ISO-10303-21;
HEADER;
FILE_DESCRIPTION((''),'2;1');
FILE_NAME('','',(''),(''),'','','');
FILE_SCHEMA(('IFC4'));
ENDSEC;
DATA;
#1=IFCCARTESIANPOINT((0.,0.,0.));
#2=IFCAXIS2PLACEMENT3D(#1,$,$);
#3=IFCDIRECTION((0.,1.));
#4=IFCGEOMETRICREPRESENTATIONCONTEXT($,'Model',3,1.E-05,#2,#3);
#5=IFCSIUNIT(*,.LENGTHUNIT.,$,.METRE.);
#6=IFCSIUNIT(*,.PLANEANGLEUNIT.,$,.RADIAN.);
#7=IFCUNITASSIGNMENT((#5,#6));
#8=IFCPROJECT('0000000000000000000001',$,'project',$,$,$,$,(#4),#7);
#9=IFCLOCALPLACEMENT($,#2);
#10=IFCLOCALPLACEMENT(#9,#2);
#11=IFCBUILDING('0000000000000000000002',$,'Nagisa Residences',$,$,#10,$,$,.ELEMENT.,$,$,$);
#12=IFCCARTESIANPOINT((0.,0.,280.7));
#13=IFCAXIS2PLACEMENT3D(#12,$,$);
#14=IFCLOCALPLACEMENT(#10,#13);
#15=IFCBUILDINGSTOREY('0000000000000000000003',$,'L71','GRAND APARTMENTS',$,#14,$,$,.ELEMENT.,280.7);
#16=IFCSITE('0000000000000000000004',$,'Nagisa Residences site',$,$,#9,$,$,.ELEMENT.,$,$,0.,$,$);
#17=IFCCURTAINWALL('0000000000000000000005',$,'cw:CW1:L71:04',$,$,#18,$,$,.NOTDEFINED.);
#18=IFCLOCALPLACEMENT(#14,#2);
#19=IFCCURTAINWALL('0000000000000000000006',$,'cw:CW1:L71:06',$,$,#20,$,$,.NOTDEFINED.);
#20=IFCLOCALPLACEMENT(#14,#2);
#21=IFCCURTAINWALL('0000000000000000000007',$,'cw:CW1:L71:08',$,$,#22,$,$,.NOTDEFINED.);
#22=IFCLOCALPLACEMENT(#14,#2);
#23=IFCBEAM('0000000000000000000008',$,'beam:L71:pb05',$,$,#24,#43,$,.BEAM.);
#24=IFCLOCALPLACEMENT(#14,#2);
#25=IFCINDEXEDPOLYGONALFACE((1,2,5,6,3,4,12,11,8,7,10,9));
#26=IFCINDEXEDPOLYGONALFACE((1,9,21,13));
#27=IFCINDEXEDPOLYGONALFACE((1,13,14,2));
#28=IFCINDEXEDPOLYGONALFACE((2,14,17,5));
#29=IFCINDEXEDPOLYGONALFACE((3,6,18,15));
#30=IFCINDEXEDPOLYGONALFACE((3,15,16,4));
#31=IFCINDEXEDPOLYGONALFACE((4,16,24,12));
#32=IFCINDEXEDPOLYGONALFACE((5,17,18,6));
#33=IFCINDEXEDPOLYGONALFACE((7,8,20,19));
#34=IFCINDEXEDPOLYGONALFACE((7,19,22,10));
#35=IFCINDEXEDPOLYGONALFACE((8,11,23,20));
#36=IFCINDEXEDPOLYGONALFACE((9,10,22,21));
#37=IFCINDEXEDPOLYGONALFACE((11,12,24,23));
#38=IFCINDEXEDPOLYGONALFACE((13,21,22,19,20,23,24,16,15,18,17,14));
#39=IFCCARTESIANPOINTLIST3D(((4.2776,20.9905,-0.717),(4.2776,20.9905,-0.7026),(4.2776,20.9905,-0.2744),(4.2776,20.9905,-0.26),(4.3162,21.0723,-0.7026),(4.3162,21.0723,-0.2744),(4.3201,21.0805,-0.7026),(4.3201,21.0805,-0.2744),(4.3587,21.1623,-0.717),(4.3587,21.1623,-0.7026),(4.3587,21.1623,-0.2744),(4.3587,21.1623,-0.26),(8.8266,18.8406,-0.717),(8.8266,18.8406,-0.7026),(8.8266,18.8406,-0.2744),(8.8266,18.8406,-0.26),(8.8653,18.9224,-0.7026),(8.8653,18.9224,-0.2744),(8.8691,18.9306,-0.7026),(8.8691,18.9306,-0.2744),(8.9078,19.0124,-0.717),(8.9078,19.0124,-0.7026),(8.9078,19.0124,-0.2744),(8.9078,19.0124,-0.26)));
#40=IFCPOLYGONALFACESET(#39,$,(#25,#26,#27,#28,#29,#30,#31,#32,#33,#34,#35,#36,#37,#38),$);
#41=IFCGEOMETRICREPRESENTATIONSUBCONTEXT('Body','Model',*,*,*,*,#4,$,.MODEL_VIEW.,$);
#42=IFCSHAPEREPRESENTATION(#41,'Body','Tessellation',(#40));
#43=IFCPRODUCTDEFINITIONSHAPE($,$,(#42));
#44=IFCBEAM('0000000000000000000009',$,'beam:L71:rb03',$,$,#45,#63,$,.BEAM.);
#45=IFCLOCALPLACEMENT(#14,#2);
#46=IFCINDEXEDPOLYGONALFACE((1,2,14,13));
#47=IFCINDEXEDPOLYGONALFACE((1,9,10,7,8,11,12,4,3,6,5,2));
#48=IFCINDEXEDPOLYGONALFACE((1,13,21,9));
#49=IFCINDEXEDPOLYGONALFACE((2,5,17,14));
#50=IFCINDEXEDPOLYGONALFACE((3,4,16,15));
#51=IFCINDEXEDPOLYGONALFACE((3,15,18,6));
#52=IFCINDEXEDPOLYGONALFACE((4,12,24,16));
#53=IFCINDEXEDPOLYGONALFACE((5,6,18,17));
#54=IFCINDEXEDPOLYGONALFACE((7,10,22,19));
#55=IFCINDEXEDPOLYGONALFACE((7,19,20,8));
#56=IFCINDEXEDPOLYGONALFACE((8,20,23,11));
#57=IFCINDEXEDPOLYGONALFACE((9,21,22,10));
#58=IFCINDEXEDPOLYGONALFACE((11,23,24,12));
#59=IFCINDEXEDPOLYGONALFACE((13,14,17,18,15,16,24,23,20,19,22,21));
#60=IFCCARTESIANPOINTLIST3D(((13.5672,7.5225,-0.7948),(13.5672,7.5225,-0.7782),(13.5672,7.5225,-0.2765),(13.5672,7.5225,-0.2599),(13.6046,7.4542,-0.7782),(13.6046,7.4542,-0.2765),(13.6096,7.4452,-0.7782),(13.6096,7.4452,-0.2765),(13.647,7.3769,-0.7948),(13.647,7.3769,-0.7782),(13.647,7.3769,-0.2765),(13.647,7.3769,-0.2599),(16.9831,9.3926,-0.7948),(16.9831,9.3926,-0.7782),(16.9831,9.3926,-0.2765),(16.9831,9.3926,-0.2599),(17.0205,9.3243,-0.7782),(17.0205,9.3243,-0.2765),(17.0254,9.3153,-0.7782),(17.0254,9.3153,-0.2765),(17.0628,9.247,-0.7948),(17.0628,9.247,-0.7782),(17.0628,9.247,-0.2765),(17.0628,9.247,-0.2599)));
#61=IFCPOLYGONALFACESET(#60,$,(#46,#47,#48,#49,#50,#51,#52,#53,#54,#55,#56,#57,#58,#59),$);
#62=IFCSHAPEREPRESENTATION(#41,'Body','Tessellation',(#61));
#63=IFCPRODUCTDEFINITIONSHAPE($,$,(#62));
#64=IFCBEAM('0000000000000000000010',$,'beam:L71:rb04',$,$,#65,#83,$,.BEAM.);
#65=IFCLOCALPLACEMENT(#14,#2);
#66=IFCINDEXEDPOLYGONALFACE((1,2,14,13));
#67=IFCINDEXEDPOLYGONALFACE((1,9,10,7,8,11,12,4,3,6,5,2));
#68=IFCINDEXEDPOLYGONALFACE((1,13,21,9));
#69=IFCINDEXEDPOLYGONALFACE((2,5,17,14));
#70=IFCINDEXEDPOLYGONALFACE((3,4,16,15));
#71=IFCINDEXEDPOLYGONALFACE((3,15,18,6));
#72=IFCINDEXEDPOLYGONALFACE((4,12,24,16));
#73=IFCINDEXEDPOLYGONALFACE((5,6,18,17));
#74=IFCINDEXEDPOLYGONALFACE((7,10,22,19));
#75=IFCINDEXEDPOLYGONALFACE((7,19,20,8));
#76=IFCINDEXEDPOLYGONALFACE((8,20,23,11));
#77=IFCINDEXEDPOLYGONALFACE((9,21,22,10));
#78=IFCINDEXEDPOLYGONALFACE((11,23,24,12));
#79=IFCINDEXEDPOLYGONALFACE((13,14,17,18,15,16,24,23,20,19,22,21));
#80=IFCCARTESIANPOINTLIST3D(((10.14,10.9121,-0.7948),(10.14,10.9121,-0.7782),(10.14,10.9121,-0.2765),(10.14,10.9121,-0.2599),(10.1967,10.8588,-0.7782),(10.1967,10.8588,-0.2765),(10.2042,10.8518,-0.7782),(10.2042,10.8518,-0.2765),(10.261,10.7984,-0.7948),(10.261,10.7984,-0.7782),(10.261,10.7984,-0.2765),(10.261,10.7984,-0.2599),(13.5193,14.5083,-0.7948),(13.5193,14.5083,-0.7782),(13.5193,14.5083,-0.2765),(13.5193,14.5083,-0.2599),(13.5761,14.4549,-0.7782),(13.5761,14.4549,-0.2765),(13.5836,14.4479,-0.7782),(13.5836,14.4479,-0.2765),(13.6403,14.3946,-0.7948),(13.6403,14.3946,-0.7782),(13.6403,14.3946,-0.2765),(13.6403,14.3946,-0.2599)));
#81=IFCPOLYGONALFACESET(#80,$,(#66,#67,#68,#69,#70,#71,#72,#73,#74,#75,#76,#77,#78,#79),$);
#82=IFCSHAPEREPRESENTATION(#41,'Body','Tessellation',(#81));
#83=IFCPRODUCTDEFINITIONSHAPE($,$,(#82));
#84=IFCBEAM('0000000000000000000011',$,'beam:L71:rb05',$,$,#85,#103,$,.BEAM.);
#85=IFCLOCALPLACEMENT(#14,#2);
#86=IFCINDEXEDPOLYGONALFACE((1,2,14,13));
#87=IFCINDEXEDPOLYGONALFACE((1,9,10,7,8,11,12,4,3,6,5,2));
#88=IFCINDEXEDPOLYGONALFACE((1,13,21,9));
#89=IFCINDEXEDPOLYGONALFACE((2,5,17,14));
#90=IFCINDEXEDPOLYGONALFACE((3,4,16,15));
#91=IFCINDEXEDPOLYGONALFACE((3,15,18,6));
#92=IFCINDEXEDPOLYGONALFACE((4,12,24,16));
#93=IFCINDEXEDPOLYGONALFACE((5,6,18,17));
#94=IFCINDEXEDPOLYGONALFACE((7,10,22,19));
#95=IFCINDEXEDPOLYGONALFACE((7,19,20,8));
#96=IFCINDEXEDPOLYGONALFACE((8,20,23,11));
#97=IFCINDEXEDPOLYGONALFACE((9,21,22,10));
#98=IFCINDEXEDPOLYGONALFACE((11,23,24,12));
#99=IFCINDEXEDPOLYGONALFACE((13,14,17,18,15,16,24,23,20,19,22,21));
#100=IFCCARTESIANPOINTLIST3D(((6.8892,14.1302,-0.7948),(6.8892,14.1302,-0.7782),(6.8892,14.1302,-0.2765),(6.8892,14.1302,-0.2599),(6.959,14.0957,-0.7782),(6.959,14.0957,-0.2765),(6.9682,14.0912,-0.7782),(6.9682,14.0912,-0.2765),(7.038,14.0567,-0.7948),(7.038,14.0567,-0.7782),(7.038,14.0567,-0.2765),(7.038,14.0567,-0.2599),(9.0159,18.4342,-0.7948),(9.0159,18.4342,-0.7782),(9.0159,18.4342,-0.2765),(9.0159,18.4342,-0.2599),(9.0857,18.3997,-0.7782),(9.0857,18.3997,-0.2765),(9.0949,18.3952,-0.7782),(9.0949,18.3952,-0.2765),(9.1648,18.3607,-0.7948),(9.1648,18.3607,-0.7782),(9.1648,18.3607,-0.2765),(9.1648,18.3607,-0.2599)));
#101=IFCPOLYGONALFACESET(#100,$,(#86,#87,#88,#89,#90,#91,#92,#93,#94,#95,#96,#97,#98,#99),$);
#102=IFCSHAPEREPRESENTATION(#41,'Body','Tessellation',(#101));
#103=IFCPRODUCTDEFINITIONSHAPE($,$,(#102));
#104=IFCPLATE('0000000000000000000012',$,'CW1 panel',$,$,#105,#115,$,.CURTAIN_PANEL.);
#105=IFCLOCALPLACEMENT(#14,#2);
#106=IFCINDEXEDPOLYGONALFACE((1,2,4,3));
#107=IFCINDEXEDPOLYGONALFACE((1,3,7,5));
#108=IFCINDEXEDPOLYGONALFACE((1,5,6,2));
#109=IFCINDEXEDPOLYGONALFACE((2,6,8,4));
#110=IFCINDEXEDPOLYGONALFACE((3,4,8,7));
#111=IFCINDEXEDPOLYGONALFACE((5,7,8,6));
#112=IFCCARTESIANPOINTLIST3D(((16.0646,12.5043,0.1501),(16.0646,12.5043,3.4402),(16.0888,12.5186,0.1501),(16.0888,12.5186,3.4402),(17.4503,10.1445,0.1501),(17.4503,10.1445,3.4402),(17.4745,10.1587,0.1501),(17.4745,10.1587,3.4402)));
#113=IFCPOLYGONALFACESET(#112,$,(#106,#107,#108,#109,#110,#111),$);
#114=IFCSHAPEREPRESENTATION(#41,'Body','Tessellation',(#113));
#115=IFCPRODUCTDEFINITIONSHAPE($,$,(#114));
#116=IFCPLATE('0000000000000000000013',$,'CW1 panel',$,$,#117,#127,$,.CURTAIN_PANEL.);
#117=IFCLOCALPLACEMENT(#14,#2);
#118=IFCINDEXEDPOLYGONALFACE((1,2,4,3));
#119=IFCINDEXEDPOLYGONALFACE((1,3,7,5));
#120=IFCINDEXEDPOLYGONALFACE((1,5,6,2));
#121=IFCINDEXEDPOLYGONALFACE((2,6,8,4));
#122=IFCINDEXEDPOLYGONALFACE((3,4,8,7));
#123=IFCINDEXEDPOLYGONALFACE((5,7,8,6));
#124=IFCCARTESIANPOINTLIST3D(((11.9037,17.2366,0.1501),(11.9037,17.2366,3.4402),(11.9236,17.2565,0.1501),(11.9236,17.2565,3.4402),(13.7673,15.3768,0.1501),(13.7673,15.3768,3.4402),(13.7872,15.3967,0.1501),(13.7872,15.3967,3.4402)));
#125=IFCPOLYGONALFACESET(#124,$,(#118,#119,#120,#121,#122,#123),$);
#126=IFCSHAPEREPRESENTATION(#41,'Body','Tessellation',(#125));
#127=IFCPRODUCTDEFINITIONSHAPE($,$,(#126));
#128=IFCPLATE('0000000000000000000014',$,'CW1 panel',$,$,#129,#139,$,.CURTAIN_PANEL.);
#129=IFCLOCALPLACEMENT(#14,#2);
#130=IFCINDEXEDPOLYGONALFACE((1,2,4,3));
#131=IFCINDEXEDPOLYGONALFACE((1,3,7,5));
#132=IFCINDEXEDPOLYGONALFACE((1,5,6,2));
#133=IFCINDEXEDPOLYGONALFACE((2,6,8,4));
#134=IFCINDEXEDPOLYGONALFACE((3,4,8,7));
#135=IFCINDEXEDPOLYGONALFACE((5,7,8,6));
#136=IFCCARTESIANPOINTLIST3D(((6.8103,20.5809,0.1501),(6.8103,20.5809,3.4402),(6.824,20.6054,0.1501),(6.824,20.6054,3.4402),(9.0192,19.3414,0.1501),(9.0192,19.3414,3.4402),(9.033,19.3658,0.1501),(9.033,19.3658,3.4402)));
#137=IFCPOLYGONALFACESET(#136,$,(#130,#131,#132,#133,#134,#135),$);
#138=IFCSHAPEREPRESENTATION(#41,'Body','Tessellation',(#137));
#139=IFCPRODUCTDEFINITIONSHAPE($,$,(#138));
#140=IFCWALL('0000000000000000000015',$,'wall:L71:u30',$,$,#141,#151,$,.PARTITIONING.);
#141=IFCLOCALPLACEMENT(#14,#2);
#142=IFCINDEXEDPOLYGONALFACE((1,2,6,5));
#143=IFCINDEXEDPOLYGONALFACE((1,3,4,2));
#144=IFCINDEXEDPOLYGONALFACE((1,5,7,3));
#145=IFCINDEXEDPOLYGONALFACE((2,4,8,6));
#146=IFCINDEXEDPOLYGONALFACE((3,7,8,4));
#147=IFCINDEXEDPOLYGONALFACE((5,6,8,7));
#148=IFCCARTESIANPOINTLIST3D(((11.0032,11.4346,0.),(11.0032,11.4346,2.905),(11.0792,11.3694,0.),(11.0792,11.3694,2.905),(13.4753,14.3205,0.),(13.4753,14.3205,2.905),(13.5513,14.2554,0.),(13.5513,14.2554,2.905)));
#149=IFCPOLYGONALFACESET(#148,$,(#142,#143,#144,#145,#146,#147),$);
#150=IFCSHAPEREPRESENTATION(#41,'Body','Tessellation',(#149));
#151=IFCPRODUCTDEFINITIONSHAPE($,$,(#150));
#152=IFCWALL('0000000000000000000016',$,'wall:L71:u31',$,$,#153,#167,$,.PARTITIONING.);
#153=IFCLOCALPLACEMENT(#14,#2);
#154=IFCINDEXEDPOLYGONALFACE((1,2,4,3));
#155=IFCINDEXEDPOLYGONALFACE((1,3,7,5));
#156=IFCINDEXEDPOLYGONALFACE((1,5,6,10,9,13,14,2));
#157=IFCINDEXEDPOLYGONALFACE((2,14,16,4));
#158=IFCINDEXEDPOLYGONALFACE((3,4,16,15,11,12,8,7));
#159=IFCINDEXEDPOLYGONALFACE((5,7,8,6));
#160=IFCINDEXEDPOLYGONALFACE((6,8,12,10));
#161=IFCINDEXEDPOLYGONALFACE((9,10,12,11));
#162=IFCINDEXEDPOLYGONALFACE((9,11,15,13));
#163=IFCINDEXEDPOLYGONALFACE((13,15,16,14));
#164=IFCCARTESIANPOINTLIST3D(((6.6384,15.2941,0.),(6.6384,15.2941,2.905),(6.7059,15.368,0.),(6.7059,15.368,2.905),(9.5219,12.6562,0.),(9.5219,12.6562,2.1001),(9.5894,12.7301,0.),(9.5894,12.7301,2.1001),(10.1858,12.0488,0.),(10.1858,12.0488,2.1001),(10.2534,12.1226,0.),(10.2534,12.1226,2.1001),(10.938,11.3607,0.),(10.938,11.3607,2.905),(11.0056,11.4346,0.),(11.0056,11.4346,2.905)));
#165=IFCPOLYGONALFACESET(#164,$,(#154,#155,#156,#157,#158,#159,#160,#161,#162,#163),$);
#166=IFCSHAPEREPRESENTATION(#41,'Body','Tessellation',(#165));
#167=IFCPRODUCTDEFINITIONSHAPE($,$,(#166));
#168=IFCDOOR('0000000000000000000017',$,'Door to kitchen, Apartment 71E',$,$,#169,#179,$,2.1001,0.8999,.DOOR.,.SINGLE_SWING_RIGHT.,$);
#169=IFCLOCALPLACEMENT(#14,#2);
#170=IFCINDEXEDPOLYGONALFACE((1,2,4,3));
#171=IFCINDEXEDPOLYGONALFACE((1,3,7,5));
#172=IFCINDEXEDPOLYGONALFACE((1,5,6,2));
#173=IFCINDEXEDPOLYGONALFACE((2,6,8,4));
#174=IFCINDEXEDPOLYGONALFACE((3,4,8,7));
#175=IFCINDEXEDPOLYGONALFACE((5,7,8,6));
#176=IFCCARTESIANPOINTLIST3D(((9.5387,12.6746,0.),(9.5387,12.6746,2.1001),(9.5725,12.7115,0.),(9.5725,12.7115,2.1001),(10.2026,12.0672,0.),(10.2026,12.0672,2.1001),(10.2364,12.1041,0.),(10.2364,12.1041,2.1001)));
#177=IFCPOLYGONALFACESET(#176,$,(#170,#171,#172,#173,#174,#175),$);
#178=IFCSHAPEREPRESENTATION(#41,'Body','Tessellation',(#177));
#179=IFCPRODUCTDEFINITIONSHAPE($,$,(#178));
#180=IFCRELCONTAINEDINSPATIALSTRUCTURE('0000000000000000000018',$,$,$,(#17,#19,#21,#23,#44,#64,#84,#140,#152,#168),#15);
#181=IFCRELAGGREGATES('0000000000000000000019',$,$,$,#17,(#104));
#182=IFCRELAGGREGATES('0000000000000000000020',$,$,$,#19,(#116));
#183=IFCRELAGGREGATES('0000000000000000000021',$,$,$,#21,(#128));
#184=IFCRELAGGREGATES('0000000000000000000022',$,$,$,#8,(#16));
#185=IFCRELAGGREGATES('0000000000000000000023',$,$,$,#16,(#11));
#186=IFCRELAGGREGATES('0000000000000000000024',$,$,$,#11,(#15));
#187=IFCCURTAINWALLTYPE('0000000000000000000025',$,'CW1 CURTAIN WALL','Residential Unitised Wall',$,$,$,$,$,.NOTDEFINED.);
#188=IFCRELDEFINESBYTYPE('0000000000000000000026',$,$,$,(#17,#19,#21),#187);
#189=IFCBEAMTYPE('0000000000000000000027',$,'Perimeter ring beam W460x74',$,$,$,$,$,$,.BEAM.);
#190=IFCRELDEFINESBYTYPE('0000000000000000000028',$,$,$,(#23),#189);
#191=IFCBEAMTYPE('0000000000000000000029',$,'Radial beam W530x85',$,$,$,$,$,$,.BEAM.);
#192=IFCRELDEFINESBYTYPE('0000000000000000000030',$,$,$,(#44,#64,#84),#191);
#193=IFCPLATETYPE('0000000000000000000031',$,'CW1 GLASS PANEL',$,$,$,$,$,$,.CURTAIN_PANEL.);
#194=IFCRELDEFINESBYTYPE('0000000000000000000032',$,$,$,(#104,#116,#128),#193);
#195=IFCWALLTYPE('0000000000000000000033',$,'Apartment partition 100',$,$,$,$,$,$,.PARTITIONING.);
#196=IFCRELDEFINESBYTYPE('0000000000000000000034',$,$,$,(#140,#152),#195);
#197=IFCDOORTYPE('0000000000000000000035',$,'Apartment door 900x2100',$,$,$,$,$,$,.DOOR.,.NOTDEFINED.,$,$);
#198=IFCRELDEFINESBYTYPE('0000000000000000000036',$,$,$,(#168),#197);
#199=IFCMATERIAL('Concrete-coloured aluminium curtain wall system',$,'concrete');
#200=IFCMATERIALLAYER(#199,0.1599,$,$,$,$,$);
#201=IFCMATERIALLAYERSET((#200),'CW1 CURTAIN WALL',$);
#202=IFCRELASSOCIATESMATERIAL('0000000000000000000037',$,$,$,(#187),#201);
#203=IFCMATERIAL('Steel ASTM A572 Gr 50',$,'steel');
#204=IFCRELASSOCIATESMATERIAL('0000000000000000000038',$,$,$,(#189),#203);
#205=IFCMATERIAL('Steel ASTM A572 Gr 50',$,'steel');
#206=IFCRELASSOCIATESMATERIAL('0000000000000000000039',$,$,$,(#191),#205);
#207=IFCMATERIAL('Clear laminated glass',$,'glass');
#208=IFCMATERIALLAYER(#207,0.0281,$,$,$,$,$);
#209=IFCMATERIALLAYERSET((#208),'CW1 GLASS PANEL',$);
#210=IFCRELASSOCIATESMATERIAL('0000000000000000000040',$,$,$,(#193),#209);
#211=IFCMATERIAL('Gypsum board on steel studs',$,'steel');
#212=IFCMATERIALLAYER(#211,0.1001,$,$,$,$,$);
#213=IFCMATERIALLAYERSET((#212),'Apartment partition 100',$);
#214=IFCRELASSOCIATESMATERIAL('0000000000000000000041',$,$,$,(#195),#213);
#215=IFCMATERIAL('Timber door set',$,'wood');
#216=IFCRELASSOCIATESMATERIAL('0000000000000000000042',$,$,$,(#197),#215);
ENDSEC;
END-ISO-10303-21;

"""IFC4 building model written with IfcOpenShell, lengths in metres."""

from ifc_helpers import new_model, si_unit, direction, frame, frame_2d, origin, origin_2d, place, context, subcontext, project, spatial, rectangle, i_section, extrude, material, layer, layer_set, material_profile, profile_set, type_object, element, fill, aggregate, save


model = new_model("IFC4")

# Units and contexts
model_context = context("Model", 3, precision=1e-05, world=origin(), true_north=direction((0.0, 1.0)))
body_context = subcontext(model_context, "Body", "Model", "MODEL_VIEW")
ifc_project = project(units=[si_unit("LENGTHUNIT", "METRE"), si_unit("PLANEANGLEUNIT", "RADIAN")], contexts=[model_context])

# Site, building, storey
site_placement = place(None, origin())
site = spatial("IfcSite", under=ifc_project, at=site_placement, Name="Nagisa Residences site", CompositionType="ELEMENT", RefElevation=0.0)
building_placement = place(site_placement, origin())
building = spatial("IfcBuilding", under=site, at=building_placement, Name="Nagisa Residences", CompositionType="ELEMENT")
storey_placement = place(building_placement, frame((0.0, 0.0, 280.7)))
storey = spatial("IfcBuildingStorey", under=building, at=storey_placement, Name="L71", Description="GRAND APARTMENTS", CompositionType="ELEMENT", Elevation=280.7)

# Curtain walls
ifc_material_1 = material(Name="Concrete-coloured aluminium curtain wall system", Category="concrete")
ifc_layer_1 = layer(ifc_material_1, 0.1599)
ifc_layer_set_1 = layer_set([ifc_layer_1], Name="CW1 CURTAIN WALL")
curtain_wall_type = type_object("IfcCurtainWallType", Name="CW1 CURTAIN WALL", Description="Residential Unitised Wall", PredefinedType="NOTDEFINED", material=ifc_layer_set_1)
curtain_wall_1_placement = place(storey_placement, origin())
curtain_wall_1 = element("IfcCurtainWall", 1, at=curtain_wall_1_placement, inside=storey, type_object=curtain_wall_type, Name="cw:CW1:L71:04", PredefinedType="NOTDEFINED")
curtain_wall_2_placement = place(storey_placement, origin())
curtain_wall_2 = element("IfcCurtainWall", 2, at=curtain_wall_2_placement, inside=storey, type_object=curtain_wall_type, Name="cw:CW1:L71:06", PredefinedType="NOTDEFINED")
curtain_wall_3_placement = place(storey_placement, origin())
curtain_wall_3 = element("IfcCurtainWall", 3, at=curtain_wall_3_placement, inside=storey, type_object=curtain_wall_type, Name="cw:CW1:L71:08", PredefinedType="NOTDEFINED")

# Beams
ifc_material_2 = material(Name="Steel ASTM A572 Gr 50", Category="steel")
ifc_material_profile_1 = material_profile(ifc_material_2, i_section(OverallWidth=0.1899, OverallDepth=0.457, WebThickness=0.009, FlangeThickness=0.0144, at=origin_2d()), Name="W460x74")
ifc_profile_set_1 = profile_set([ifc_material_profile_1], Name="Steel ASTM A572 Gr 50")
beam_type_1 = type_object("IfcBeamType", Name="Perimeter ring beam W460x74", PredefinedType="BEAM", material=ifc_profile_set_1)
beam_1_placement = place(storey_placement, frame((8.8672, 18.9265, -0.4885), z_axis=(-0.904116, 0.427287, 0.0), x_axis=(-0.427287, -0.904116, 0.0)))
element("IfcBeam", 4, at=beam_1_placement, inside=storey, type_object=beam_type_1, Name="beam:L71:pb05", PredefinedType="BEAM", context=body_context, shape_type="SweptSolid", body=[
    extrude(i_section(OverallWidth=0.1899, OverallDepth=0.457, WebThickness=0.009, FlangeThickness=0.0144, at=origin_2d()), origin(), (0.0, 0.0, 1.0), 5.0315),
])
ifc_material_3 = material(Name="Steel ASTM A572 Gr 50", Category="steel")
ifc_material_profile_2 = material_profile(ifc_material_3, i_section(OverallWidth=0.166, OverallDepth=0.5349, WebThickness=0.0103, FlangeThickness=0.0166, at=origin_2d()), Name="W530x85")
ifc_profile_set_2 = profile_set([ifc_material_profile_2], Name="Steel ASTM A572 Gr 50")
beam_type_2 = type_object("IfcBeamType", Name="Radial beam W530x85", PredefinedType="BEAM", material=ifc_profile_set_2)
beam_2_placement = place(storey_placement, frame((17.0229, 9.3198, -0.5273), z_axis=(-0.877142, -0.480231, 0.0), x_axis=(0.480231, -0.877142, 0.0)))
element("IfcBeam", 5, at=beam_2_placement, inside=storey, type_object=beam_type_2, Name="beam:L71:rb03", PredefinedType="BEAM", context=body_context, shape_type="SweptSolid", body=[
    extrude(i_section(OverallWidth=0.166, OverallDepth=0.5349, WebThickness=0.0103, FlangeThickness=0.0166, at=origin_2d()), origin(), (0.0, 0.0, 1.0), 3.8943),
])
beam_3_placement = place(storey_placement, frame((13.5798, 14.4514, -0.5273), z_axis=(-0.6848, -0.728731, 0.0), x_axis=(0.728731, -0.6848, 0.0)))
element("IfcBeam", 6, at=beam_3_placement, inside=storey, type_object=beam_type_2, Name="beam:L71:rb04", PredefinedType="BEAM", context=body_context, shape_type="SweptSolid", body=[
    extrude(i_section(OverallWidth=0.166, OverallDepth=0.5349, WebThickness=0.0103, FlangeThickness=0.0166, at=origin_2d()), origin(), (0.0, 0.0, 1.0), 4.9348),
])
beam_4_placement = place(storey_placement, frame((9.0903, 18.3975, -0.5273), z_axis=(-0.442998, -0.896523, 0.0), x_axis=(0.896523, -0.442998, 0.0)))
element("IfcBeam", 7, at=beam_4_placement, inside=storey, type_object=beam_type_2, Name="beam:L71:rb05", PredefinedType="BEAM", context=body_context, shape_type="SweptSolid", body=[
    extrude(i_section(OverallWidth=0.166, OverallDepth=0.5349, WebThickness=0.0103, FlangeThickness=0.0166, at=origin_2d()), origin(), (0.0, 0.0, 1.0), 4.8008),
])

# Plates
ifc_material_4 = material(Name="Clear laminated glass", Category="glass")
ifc_layer_2 = layer(ifc_material_4, 0.0281)
ifc_layer_set_2 = layer_set([ifc_layer_2], Name="CW1 GLASS PANEL")
plate_type = type_object("IfcPlateType", Name="CW1 GLASS PANEL", PredefinedType="CURTAIN_PANEL", material=ifc_layer_set_2)
plate_1_placement = place(storey_placement, frame((16.7695, 11.3315, 0.1501), z_axis=(0.0, 0.0, 1.0), x_axis=(-0.506349, 0.862329, 0.0)))
plate_1 = element("IfcPlate", 8, at=plate_1_placement, type_object=plate_type, Name="CW1 panel", PredefinedType="CURTAIN_PANEL", context=body_context, shape_type="SweptSolid", body=[
    extrude(rectangle(XDim=2.7366, YDim=0.0281, at=origin_2d()), origin(), (0.0, 0.0, 1.0), 3.29),
])
aggregate(curtain_wall_1, [plate_1])
plate_2_placement = place(storey_placement, frame((12.8455, 16.3167, 0.1501), z_axis=(0.0, 0.0, 1.0), x_axis=(-0.707836, 0.706377, 0.0)))
plate_2 = element("IfcPlate", 9, at=plate_2_placement, type_object=plate_type, Name="CW1 panel", PredefinedType="CURTAIN_PANEL", context=body_context, shape_type="SweptSolid", body=[
    extrude(rectangle(XDim=2.6328, YDim=0.0281, at=origin_2d()), origin(), (0.0, 0.0, 1.0), 3.29),
])
aggregate(curtain_wall_2, [plate_2])
plate_3_placement = place(storey_placement, frame((7.9216, 19.9734, 0.1501), z_axis=(0.0, 0.0, 1.0), x_axis=(-0.872072, 0.489377, 0.0)))
plate_3 = element("IfcPlate", 10, at=plate_3_placement, type_object=plate_type, Name="CW1 panel", PredefinedType="CURTAIN_PANEL", context=body_context, shape_type="SweptSolid", body=[
    extrude(rectangle(XDim=2.533, YDim=0.0281, at=origin_2d()), origin(), (0.0, 0.0, 1.0), 3.29),
])
aggregate(curtain_wall_3, [plate_3])

# Wall
ifc_material_5 = material(Name="Gypsum board on steel studs", Category="steel")
ifc_layer_3 = layer(ifc_material_5, 0.1001)
ifc_layer_set_3 = layer_set([ifc_layer_3], Name="Apartment partition 100")
wall_type_1 = type_object("IfcWallType", Name="Apartment partition 100", PredefinedType="PARTITIONING", material=ifc_layer_set_3)
wall_1_placement = place(storey_placement, frame((11.0413, 11.4021, 0.0), z_axis=(0.0, 0.0, 1.0), x_axis=(0.650559, 0.759456, 0.0)))
element("IfcWall", 11, at=wall_1_placement, inside=storey, type_object=wall_type_1, Name="wall:L71:u30", PredefinedType="PARTITIONING", context=body_context, shape_type="SweptSolid", body=[
    extrude(rectangle(XDim=3.8, YDim=0.1001, at=frame_2d((1.8999, 0.0))), origin(), (0.0, 0.0, 1.0), 2.905),
])

# Wall, opening, door
wall_2_placement = place(storey_placement, frame((10.9717, 11.3977, 0.0), z_axis=(0.0, 0.0, 1.0), x_axis=(-0.73783, 0.674986, 0.0)))
wall_2 = element("IfcWall", 12, at=wall_2_placement, inside=storey, type_object=wall_type_1, Name="wall:L71:u31", PredefinedType="PARTITIONING", context=body_context, shape_type="SweptSolid", body=[
    extrude(rectangle(XDim=5.8274, YDim=0.1001, at=frame_2d((2.9136, 0.0))), origin(), (0.0, 0.0, 1.0), 2.905),
])
opening_1_placement = place(wall_2_placement, frame((1.0193, 0.0, 0.0)))
opening_1 = element("IfcOpeningElement", 13, at=opening_1_placement, cuts=wall_2, PredefinedType="OPENING", context=body_context, shape_type="SweptSolid", body=[
    extrude(rectangle(XDim=0.8999, YDim=2.1001, at=frame_2d((0.45, 1.05))), frame((0.0, 0.0601, 0.0), z_axis=(0.0, -1.0, 0.0), x_axis=(1.0, 0.0, 0.0)), (0.0, 0.0, 1.0), 0.1201),
])
ifc_material_6 = material(Name="Timber door set", Category="wood")
door_type_1 = type_object("IfcDoorType", Name="Apartment door 900x2100", OperationType="NOTDEFINED", PredefinedType="DOOR", material=ifc_material_6)
door_1_placement = place(opening_1_placement, frame((0.8999, 0.0, 0.0), x_axis=(-1.0, 0.0, 0.0)))
door_1 = element("IfcDoor", 14, at=door_1_placement, inside=storey, type_object=door_type_1, Name="Door to kitchen, Apartment 71E", OperationType="SINGLE_SWING_RIGHT", OverallHeight=2.1001, OverallWidth=0.8999, PredefinedType="DOOR", context=body_context, shape_type="SweptSolid", body=[
    extrude(rectangle(XDim=0.8999, YDim=2.1001, at=frame_2d((0.45, 1.05))), frame((0.0, 0.0249, 0.0), z_axis=(0.0, -1.0, 0.0), x_axis=(1.0, 0.0, 0.0)), (0.0, 0.0, 1.0), 0.05),
])
fill(opening_1, door_1)

save(model, "model.ifc")
